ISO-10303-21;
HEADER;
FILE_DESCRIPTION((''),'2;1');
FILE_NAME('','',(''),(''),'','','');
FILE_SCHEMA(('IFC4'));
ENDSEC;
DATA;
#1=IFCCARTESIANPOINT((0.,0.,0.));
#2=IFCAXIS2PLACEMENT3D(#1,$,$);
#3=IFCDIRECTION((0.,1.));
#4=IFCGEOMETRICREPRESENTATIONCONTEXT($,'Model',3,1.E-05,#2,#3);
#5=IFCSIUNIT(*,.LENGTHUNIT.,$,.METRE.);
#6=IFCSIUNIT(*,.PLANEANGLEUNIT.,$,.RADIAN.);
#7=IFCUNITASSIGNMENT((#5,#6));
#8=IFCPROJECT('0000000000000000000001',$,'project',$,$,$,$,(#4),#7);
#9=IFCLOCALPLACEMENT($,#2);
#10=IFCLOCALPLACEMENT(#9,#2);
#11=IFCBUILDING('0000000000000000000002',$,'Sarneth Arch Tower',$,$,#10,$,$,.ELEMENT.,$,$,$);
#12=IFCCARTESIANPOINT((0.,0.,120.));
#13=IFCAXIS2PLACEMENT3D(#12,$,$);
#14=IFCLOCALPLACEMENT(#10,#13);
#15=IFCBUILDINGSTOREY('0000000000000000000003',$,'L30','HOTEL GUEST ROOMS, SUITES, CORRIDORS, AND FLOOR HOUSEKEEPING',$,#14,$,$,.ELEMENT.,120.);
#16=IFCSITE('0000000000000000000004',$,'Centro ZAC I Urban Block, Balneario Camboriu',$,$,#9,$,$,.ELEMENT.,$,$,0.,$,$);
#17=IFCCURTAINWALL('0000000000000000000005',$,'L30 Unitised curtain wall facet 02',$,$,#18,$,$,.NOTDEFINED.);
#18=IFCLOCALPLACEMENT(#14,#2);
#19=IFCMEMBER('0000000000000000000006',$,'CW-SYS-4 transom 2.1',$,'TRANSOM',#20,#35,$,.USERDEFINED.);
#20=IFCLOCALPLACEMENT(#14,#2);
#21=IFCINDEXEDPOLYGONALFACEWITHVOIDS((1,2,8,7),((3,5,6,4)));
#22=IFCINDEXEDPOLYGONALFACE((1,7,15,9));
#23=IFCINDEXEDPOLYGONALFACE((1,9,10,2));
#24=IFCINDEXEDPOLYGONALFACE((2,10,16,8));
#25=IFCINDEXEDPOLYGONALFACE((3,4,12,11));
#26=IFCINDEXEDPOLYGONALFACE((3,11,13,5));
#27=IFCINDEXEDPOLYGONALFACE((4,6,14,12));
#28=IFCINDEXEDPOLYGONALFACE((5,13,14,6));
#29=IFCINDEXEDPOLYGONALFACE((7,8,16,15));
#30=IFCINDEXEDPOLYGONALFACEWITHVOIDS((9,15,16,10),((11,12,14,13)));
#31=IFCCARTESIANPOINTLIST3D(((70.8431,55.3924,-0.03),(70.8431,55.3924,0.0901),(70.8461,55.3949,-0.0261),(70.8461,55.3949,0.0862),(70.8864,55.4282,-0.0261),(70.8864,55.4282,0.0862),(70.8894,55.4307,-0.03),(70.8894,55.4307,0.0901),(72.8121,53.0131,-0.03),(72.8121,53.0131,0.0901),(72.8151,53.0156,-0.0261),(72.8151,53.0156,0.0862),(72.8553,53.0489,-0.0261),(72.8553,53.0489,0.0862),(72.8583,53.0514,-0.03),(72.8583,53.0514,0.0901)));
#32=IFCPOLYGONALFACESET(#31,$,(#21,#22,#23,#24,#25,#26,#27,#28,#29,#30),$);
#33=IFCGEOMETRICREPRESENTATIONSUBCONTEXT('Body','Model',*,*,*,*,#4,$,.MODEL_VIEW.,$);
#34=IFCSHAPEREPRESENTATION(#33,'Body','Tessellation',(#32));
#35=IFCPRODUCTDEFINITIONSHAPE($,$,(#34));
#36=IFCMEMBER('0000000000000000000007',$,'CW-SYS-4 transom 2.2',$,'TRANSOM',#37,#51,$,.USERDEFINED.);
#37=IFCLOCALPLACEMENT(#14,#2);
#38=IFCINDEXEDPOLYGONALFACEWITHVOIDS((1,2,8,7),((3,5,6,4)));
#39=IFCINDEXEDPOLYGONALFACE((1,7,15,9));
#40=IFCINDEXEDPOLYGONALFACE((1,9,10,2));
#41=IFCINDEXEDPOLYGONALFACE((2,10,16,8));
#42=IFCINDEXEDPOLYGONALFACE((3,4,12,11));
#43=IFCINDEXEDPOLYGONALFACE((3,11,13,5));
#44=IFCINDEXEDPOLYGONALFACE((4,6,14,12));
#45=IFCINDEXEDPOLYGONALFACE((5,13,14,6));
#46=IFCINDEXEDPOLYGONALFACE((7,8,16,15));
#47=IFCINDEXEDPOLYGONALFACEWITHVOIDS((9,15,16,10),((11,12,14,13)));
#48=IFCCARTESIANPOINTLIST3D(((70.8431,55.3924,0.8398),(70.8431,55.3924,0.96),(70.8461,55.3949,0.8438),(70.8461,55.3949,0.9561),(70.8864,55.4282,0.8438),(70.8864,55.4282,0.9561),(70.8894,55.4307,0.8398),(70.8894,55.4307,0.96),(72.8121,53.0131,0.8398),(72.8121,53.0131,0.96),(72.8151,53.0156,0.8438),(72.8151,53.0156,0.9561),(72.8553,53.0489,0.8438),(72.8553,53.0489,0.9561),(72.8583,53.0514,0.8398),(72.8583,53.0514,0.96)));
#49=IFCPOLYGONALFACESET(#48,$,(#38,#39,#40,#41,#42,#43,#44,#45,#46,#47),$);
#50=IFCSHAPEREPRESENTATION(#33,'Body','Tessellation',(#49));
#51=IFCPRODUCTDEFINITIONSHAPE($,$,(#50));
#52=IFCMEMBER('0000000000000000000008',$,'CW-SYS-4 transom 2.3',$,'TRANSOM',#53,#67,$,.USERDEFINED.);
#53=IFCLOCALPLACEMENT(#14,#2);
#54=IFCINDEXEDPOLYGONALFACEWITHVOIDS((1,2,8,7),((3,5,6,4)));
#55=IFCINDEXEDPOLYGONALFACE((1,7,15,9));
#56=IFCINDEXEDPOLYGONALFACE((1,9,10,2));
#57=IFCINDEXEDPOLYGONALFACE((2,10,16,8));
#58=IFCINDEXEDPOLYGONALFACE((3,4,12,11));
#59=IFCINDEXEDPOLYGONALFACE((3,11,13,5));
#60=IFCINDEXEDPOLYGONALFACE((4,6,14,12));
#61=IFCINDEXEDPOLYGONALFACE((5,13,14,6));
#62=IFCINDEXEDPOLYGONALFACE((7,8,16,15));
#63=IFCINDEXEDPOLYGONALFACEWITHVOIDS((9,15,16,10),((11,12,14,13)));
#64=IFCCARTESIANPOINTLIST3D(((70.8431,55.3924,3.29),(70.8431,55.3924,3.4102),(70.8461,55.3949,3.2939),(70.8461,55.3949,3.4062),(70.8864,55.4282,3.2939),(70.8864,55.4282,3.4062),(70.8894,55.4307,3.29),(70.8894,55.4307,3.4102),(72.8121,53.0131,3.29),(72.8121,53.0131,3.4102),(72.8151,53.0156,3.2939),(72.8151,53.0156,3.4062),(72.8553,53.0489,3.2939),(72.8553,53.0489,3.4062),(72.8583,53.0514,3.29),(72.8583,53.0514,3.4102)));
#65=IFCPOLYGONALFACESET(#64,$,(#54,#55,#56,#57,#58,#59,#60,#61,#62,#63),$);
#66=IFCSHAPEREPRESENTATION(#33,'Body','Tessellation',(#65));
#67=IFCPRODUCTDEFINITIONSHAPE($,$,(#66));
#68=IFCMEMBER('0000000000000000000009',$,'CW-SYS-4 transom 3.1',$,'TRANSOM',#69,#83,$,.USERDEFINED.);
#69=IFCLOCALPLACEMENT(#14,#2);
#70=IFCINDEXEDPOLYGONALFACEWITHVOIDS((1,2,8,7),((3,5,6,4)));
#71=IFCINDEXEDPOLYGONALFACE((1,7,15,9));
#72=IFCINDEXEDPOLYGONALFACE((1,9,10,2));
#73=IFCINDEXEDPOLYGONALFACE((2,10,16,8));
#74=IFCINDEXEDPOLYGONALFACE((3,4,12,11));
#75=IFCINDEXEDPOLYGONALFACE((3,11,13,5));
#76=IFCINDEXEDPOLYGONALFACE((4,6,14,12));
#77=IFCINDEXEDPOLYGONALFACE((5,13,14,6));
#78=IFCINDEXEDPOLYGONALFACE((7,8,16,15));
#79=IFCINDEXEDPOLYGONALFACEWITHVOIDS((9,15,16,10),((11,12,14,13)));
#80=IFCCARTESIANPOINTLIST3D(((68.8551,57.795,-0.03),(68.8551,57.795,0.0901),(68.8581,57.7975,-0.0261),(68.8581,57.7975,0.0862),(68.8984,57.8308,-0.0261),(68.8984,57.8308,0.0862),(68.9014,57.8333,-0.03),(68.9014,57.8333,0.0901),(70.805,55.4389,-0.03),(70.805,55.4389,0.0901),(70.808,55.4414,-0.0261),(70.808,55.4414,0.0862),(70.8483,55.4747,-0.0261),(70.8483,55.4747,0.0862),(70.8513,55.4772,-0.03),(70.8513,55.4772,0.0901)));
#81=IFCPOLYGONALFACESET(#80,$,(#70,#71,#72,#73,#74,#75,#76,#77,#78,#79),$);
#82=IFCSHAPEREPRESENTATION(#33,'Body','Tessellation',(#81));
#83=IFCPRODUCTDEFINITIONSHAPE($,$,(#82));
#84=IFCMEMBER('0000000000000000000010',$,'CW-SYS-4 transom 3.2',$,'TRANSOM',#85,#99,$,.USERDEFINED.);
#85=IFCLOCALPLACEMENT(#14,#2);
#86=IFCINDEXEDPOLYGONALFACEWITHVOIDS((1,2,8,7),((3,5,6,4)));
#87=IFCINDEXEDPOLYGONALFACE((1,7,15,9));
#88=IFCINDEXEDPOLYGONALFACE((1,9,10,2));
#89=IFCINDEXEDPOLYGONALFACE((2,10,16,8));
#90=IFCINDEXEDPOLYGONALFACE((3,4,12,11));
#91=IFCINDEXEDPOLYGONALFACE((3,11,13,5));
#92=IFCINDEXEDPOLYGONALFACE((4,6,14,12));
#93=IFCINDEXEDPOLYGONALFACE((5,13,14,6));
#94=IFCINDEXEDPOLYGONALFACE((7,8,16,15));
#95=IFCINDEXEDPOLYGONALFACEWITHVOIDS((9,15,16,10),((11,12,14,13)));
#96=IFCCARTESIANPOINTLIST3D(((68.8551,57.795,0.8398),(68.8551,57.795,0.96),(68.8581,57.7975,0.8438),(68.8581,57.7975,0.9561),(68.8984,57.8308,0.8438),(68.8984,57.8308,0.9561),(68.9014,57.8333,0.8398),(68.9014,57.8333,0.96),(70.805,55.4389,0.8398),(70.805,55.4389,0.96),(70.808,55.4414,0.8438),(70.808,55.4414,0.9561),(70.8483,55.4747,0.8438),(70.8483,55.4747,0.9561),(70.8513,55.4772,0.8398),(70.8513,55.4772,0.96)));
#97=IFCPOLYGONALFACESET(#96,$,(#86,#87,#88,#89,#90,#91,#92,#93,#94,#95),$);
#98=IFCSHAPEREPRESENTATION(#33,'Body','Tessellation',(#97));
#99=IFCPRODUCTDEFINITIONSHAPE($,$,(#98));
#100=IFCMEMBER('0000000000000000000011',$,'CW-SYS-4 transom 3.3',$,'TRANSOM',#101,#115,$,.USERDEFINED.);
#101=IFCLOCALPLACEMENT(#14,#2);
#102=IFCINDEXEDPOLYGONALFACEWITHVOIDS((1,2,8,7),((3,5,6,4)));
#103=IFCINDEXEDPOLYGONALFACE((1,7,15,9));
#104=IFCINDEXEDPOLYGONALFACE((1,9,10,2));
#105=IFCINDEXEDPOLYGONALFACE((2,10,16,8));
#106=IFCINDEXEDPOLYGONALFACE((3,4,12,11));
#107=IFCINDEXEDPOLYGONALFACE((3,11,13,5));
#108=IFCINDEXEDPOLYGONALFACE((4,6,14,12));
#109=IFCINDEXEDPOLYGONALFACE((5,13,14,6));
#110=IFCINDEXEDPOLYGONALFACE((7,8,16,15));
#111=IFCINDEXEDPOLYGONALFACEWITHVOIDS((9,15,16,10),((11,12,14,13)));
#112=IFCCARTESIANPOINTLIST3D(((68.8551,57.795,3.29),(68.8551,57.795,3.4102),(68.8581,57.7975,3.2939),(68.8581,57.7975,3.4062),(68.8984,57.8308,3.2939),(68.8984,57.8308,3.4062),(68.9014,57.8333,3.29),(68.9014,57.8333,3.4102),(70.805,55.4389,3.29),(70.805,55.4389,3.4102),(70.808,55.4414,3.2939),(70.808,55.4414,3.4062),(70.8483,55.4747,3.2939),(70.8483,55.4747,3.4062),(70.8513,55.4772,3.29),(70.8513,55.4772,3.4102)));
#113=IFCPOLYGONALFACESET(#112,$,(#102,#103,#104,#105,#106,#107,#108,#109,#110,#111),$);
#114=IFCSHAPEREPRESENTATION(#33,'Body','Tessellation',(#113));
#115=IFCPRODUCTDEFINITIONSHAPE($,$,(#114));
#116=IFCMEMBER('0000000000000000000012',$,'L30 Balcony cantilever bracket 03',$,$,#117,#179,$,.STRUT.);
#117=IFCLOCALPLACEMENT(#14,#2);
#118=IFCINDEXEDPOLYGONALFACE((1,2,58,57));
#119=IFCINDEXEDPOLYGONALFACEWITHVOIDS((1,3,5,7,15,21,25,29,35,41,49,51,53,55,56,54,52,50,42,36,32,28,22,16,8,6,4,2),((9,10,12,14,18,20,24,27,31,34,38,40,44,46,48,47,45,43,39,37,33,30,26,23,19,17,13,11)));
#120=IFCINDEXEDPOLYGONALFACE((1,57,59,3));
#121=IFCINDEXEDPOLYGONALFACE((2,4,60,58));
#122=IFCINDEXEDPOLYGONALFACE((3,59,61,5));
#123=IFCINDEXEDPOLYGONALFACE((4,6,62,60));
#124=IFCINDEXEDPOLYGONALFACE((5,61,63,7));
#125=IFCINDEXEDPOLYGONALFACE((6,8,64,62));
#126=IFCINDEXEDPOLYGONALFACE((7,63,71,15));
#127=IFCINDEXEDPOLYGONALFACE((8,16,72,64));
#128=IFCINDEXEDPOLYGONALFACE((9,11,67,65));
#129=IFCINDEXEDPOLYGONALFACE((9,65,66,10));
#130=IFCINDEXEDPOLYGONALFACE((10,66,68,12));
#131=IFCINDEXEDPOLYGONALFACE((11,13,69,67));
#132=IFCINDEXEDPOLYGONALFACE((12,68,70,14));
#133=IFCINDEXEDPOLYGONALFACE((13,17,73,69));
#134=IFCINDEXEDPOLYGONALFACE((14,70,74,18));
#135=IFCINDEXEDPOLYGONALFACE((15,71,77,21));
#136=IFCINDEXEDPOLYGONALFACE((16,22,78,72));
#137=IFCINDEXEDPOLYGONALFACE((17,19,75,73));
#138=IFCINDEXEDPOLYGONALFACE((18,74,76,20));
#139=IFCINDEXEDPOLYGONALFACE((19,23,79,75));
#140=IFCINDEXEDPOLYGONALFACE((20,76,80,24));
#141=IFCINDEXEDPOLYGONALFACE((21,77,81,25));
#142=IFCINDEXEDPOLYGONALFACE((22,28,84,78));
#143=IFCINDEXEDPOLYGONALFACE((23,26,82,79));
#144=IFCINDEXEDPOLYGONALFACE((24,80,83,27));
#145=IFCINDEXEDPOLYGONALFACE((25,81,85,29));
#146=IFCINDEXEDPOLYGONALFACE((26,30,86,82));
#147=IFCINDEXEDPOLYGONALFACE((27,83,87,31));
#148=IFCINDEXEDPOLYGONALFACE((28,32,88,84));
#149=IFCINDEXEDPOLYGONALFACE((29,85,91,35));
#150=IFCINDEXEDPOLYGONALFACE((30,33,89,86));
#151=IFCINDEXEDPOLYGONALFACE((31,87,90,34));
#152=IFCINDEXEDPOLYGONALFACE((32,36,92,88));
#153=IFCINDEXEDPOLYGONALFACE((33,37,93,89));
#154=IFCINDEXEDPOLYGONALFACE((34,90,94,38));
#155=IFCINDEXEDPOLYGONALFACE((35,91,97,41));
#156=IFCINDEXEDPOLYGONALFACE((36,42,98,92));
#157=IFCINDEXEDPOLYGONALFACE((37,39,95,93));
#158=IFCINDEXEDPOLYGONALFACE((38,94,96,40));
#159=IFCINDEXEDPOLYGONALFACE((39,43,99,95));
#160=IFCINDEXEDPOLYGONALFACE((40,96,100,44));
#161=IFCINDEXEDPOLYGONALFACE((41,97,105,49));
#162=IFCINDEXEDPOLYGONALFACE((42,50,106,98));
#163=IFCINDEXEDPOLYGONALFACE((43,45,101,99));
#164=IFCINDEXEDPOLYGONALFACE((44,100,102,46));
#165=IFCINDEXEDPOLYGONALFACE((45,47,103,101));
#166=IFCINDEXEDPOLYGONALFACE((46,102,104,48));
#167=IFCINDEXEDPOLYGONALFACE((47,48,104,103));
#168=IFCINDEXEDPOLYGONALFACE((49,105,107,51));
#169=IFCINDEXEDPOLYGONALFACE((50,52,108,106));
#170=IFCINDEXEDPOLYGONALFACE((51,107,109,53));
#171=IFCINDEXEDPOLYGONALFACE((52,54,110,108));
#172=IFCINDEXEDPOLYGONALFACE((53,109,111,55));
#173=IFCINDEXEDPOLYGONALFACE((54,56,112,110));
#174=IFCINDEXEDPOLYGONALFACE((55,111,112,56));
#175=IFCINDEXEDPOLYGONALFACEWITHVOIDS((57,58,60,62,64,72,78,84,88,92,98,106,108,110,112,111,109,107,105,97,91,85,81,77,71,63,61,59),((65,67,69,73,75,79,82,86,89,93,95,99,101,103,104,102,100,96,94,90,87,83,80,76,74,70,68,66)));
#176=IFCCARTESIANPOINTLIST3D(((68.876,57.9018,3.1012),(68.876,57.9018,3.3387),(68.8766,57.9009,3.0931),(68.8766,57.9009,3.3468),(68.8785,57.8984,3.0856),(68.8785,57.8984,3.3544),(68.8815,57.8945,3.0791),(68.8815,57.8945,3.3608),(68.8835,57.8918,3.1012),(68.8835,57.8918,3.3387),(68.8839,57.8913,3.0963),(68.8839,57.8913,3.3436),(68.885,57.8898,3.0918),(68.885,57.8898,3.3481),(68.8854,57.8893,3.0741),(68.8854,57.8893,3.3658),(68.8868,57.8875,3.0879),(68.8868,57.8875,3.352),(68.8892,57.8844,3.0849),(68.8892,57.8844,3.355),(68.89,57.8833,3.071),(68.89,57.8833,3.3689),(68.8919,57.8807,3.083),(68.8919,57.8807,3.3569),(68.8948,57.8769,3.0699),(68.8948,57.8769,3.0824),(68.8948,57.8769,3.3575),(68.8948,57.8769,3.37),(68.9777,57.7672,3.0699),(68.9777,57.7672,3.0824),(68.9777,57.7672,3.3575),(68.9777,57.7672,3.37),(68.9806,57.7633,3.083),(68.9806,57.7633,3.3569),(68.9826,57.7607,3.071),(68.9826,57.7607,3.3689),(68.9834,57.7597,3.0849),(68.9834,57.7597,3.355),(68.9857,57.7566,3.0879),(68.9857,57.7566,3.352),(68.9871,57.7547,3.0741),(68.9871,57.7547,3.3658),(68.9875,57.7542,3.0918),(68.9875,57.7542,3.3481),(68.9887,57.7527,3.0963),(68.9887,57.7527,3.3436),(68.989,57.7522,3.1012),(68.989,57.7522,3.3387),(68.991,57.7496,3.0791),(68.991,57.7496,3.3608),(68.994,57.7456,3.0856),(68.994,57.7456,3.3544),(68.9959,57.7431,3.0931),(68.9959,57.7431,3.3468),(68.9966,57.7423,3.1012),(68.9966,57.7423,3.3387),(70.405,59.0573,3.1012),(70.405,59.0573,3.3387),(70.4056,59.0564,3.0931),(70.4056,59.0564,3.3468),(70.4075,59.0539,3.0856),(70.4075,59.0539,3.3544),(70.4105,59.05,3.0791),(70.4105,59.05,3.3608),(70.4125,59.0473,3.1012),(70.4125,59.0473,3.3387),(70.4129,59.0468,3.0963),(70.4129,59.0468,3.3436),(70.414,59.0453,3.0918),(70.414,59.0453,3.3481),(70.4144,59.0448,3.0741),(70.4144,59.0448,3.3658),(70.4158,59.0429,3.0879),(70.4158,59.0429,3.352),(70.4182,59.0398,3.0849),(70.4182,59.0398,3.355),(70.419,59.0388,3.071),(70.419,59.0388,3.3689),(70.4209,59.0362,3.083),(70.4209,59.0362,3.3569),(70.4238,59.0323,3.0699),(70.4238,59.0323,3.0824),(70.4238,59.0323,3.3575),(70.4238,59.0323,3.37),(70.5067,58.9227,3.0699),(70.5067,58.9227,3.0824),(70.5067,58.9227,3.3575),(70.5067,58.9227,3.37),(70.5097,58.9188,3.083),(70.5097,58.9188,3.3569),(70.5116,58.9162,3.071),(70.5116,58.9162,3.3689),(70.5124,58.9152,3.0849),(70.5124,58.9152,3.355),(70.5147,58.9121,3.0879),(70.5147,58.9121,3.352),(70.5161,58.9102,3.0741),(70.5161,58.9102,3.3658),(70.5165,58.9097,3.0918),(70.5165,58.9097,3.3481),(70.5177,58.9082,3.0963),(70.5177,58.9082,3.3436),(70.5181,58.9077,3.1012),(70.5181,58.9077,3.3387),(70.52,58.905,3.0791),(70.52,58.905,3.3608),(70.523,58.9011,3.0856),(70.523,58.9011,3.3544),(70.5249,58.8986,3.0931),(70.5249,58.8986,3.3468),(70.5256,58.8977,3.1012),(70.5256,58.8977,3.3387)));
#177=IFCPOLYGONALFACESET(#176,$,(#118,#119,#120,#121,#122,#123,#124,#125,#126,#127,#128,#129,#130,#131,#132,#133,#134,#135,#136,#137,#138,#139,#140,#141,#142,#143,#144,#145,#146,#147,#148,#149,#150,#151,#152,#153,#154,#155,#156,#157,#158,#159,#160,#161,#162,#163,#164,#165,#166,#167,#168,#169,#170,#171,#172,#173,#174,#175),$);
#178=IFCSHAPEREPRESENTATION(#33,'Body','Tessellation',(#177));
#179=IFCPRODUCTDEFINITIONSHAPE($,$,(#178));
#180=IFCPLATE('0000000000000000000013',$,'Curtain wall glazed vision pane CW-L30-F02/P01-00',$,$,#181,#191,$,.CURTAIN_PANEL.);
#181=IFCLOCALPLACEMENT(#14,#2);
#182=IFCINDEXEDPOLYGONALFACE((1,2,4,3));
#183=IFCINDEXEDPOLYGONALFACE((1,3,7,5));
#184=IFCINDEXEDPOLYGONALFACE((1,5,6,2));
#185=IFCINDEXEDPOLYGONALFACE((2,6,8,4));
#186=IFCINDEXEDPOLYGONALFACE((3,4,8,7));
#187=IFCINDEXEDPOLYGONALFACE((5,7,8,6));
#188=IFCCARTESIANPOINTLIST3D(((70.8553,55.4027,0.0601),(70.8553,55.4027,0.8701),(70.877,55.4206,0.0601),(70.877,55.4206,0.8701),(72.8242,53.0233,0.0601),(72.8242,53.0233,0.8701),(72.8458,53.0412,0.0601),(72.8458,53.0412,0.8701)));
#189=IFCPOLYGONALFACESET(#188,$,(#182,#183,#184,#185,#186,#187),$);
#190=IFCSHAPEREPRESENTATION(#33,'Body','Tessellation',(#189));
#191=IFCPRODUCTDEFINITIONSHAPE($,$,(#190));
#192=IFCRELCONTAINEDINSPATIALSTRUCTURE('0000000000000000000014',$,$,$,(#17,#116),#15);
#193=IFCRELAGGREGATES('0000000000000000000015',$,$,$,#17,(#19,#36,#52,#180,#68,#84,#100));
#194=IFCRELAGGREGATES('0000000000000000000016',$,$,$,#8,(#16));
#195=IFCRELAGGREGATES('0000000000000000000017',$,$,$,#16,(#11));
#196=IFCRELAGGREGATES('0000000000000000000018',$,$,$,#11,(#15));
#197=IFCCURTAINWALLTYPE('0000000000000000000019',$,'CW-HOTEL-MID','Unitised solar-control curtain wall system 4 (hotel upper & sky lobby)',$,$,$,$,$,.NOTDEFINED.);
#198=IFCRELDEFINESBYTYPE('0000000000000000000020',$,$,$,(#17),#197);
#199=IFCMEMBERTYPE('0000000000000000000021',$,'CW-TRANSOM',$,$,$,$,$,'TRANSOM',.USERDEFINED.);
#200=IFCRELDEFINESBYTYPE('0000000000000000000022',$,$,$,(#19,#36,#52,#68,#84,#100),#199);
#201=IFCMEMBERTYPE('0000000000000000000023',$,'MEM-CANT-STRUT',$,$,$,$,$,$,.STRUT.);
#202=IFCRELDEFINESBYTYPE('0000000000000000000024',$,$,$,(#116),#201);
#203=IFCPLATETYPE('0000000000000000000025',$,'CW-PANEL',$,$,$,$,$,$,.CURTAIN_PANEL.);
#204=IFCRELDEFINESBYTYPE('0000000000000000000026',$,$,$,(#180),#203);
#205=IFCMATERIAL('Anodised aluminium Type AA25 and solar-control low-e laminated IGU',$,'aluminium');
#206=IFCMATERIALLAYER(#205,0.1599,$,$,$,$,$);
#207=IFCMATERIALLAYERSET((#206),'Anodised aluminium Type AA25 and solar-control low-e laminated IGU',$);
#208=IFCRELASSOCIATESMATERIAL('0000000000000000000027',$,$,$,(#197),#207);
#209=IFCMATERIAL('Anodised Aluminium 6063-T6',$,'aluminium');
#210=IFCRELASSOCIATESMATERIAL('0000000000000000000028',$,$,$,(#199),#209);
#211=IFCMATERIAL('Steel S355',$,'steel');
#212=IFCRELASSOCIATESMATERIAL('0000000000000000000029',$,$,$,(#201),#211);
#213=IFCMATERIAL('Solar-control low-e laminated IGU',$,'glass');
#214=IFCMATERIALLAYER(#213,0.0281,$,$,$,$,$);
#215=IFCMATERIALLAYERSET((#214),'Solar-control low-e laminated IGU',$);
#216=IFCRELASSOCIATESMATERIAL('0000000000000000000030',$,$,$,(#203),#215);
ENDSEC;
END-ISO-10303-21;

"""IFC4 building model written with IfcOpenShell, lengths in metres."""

from ifc_helpers import new_model, si_unit, direction, frame, origin, origin_2d, place, context, subcontext, project, spatial, rectangle, hollow_rectangle, extrude, material, layer, layer_set, material_profile, profile_set, type_object, element, aggregate, save


model = new_model("IFC4")

# Units and contexts
model_context = context("Model", 3, precision=1e-05, world=origin(), true_north=direction((0.0, 1.0)))
body_context = subcontext(model_context, "Body", "Model", "MODEL_VIEW")
ifc_project = project(units=[si_unit("LENGTHUNIT", "METRE"), si_unit("PLANEANGLEUNIT", "RADIAN")], contexts=[model_context])

# Site, building, storey
site_placement = place(None, origin())
site = spatial("IfcSite", under=ifc_project, at=site_placement, Name="Centro ZAC I Urban Block, Balneario Camboriu", CompositionType="ELEMENT", RefElevation=0.0)
building_placement = place(site_placement, origin())
building = spatial("IfcBuilding", under=site, at=building_placement, Name="Sarneth Arch Tower", CompositionType="ELEMENT")
storey_placement = place(building_placement, frame((0.0, 0.0, 120.0)))
storey = spatial("IfcBuildingStorey", under=building, at=storey_placement, Name="L30", Description="HOTEL GUEST ROOMS, SUITES, CORRIDORS, AND FLOOR HOUSEKEEPING", CompositionType="ELEMENT", Elevation=120.0)

# Curtain wall, members
ifc_material_1 = material(Name="Anodised aluminium Type AA25 and solar-control low-e laminated IGU", Category="aluminium")
ifc_layer_1 = layer(ifc_material_1, 0.1599)
ifc_layer_set_1 = layer_set([ifc_layer_1], Name="Anodised aluminium Type AA25 and solar-control low-e laminated IGU")
curtain_wall_type = type_object("IfcCurtainWallType", Name="CW-HOTEL-MID", Description="Unitised solar-control curtain wall system 4 (hotel upper & sky lobby)", PredefinedType="NOTDEFINED", material=ifc_layer_set_1)
curtain_wall_placement = place(storey_placement, origin())
curtain_wall = element("IfcCurtainWall", 1, at=curtain_wall_placement, inside=storey, type_object=curtain_wall_type, Name="L30 Unitised curtain wall facet 02", PredefinedType="NOTDEFINED")
ifc_material_2 = material(Name="Anodised Aluminium 6063-T6", Category="aluminium")
ifc_material_profile_1 = material_profile(ifc_material_2, hollow_rectangle(XDim=0.0601, YDim=0.1201, WallThickness=0.0039, at=origin_2d()), Name="AL-TRAN-120x60x4")
ifc_profile_set_1 = profile_set([ifc_material_profile_1], Name="Anodised Aluminium 6063-T6")
member_type_1 = type_object("IfcMemberType", Name="CW-TRANSOM", ElementType="TRANSOM", PredefinedType="USERDEFINED", material=ifc_profile_set_1)
member_1_placement = place(storey_placement, frame((72.8352, 53.0322, 0.03), z_axis=(-0.637537, 0.77042, 0.0), x_axis=(-0.77042, -0.637537, 0.0)))
member_1 = element("IfcMember", 2, at=member_1_placement, type_object=member_type_1, Name="CW-SYS-4 transom 2.1", ObjectType="TRANSOM", PredefinedType="USERDEFINED", context=body_context, shape_type="SweptSolid", body=[
    extrude(hollow_rectangle(XDim=0.0601, YDim=0.1201, WallThickness=0.0039, at=origin_2d()), origin(), (0.0, 0.0, 1.0), 3.0884),
])
member_2_placement = place(storey_placement, frame((72.8352, 53.0322, 0.8999), z_axis=(-0.637537, 0.77042, 0.0), x_axis=(-0.77042, -0.637537, 0.0)))
member_2 = element("IfcMember", 3, at=member_2_placement, type_object=member_type_1, Name="CW-SYS-4 transom 2.2", ObjectType="TRANSOM", PredefinedType="USERDEFINED", context=body_context, shape_type="SweptSolid", body=[
    extrude(hollow_rectangle(XDim=0.0601, YDim=0.1201, WallThickness=0.0039, at=origin_2d()), origin(), (0.0, 0.0, 1.0), 3.0884),
])
member_3_placement = place(storey_placement, frame((72.8352, 53.0322, 3.3501), z_axis=(-0.637537, 0.77042, 0.0), x_axis=(-0.77042, -0.637537, 0.0)))
member_3 = element("IfcMember", 4, at=member_3_placement, type_object=member_type_1, Name="CW-SYS-4 transom 2.3", ObjectType="TRANSOM", PredefinedType="USERDEFINED", context=body_context, shape_type="SweptSolid", body=[
    extrude(hollow_rectangle(XDim=0.0601, YDim=0.1201, WallThickness=0.0039, at=origin_2d()), origin(), (0.0, 0.0, 1.0), 3.0884),
])
member_4_placement = place(storey_placement, frame((70.8281, 55.458, 0.03), z_axis=(-0.637566, 0.770396, 0.0), x_axis=(-0.770396, -0.637566, 0.0)))
member_4 = element("IfcMember", 5, at=member_4_placement, type_object=member_type_1, Name="CW-SYS-4 transom 3.1", ObjectType="TRANSOM", PredefinedType="USERDEFINED", context=body_context, shape_type="SweptSolid", body=[
    extrude(hollow_rectangle(XDim=0.0601, YDim=0.1201, WallThickness=0.0039, at=origin_2d()), origin(), (0.0, 0.0, 1.0), 3.0583),
])
member_5_placement = place(storey_placement, frame((70.8281, 55.458, 0.8999), z_axis=(-0.637566, 0.770396, 0.0), x_axis=(-0.770396, -0.637566, 0.0)))
member_5 = element("IfcMember", 6, at=member_5_placement, type_object=member_type_1, Name="CW-SYS-4 transom 3.2", ObjectType="TRANSOM", PredefinedType="USERDEFINED", context=body_context, shape_type="SweptSolid", body=[
    extrude(hollow_rectangle(XDim=0.0601, YDim=0.1201, WallThickness=0.0039, at=origin_2d()), origin(), (0.0, 0.0, 1.0), 3.0583),
])
member_6_placement = place(storey_placement, frame((70.8281, 55.458, 3.3501), z_axis=(-0.637566, 0.770396, 0.0), x_axis=(-0.770396, -0.637566, 0.0)))
member_6 = element("IfcMember", 7, at=member_6_placement, type_object=member_type_1, Name="CW-SYS-4 transom 3.3", ObjectType="TRANSOM", PredefinedType="USERDEFINED", context=body_context, shape_type="SweptSolid", body=[
    extrude(hollow_rectangle(XDim=0.0601, YDim=0.1201, WallThickness=0.0039, at=origin_2d()), origin(), (0.0, 0.0, 1.0), 3.0583),
])

# Member
ifc_material_3 = material(Name="Steel S355", Category="steel")
ifc_material_profile_2 = material_profile(ifc_material_3, hollow_rectangle(XDim=0.2, YDim=0.3, WallThickness=0.0125, InnerFilletRadius=0.0188, OuterFilletRadius=0.0312, at=origin_2d()), Name="RHS300x200x12.5")
ifc_profile_set_2 = profile_set([ifc_material_profile_2], Name="Steel S355")
member_type_2 = type_object("IfcMemberType", Name="MEM-CANT-STRUT", PredefinedType="STRUT", material=ifc_profile_set_2)
member_7_placement = place(storey_placement, frame((68.9363, 57.822, 3.22), z_axis=(0.797809, 0.602911, 0.0), x_axis=(-0.602911, 0.797809, 0.0)))
element("IfcMember", 8, at=member_7_placement, inside=storey, type_object=member_type_2, Name="L30 Balcony cantilever bracket 03", PredefinedType="STRUT", context=body_context, shape_type="SweptSolid", body=[
    extrude(hollow_rectangle(XDim=0.2, YDim=0.3, WallThickness=0.0125, InnerFilletRadius=0.0188, OuterFilletRadius=0.0312, at=origin_2d()), origin(), (0.0, 0.0, 1.0), 1.9165),
])

# Plate
ifc_material_4 = material(Name="Solar-control low-e laminated IGU", Category="glass")
ifc_layer_2 = layer(ifc_material_4, 0.0281)
ifc_layer_set_2 = layer_set([ifc_layer_2], Name="Solar-control low-e laminated IGU")
plate_type_1 = type_object("IfcPlateType", Name="CW-PANEL", PredefinedType="CURTAIN_PANEL", material=ifc_layer_set_2)
plate_1_placement = place(storey_placement, frame((71.8506, 54.2219, 0.0601), z_axis=(0.0, 0.0, 1.0), x_axis=(-0.637515, 0.770438, 0.0)))
plate_1 = element("IfcPlate", 9, at=plate_1_placement, type_object=plate_type_1, Name="Curtain wall glazed vision pane CW-L30-F02/P01-00", PredefinedType="CURTAIN_PANEL", context=body_context, shape_type="SweptSolid", body=[
    extrude(rectangle(XDim=3.0884, YDim=0.0281, at=origin_2d()), origin(), (0.0, 0.0, 1.0), 0.8101),
])
aggregate(curtain_wall, [member_1, member_2, member_3, plate_1, member_4, member_5, member_6])

save(model, "model.ifc")
